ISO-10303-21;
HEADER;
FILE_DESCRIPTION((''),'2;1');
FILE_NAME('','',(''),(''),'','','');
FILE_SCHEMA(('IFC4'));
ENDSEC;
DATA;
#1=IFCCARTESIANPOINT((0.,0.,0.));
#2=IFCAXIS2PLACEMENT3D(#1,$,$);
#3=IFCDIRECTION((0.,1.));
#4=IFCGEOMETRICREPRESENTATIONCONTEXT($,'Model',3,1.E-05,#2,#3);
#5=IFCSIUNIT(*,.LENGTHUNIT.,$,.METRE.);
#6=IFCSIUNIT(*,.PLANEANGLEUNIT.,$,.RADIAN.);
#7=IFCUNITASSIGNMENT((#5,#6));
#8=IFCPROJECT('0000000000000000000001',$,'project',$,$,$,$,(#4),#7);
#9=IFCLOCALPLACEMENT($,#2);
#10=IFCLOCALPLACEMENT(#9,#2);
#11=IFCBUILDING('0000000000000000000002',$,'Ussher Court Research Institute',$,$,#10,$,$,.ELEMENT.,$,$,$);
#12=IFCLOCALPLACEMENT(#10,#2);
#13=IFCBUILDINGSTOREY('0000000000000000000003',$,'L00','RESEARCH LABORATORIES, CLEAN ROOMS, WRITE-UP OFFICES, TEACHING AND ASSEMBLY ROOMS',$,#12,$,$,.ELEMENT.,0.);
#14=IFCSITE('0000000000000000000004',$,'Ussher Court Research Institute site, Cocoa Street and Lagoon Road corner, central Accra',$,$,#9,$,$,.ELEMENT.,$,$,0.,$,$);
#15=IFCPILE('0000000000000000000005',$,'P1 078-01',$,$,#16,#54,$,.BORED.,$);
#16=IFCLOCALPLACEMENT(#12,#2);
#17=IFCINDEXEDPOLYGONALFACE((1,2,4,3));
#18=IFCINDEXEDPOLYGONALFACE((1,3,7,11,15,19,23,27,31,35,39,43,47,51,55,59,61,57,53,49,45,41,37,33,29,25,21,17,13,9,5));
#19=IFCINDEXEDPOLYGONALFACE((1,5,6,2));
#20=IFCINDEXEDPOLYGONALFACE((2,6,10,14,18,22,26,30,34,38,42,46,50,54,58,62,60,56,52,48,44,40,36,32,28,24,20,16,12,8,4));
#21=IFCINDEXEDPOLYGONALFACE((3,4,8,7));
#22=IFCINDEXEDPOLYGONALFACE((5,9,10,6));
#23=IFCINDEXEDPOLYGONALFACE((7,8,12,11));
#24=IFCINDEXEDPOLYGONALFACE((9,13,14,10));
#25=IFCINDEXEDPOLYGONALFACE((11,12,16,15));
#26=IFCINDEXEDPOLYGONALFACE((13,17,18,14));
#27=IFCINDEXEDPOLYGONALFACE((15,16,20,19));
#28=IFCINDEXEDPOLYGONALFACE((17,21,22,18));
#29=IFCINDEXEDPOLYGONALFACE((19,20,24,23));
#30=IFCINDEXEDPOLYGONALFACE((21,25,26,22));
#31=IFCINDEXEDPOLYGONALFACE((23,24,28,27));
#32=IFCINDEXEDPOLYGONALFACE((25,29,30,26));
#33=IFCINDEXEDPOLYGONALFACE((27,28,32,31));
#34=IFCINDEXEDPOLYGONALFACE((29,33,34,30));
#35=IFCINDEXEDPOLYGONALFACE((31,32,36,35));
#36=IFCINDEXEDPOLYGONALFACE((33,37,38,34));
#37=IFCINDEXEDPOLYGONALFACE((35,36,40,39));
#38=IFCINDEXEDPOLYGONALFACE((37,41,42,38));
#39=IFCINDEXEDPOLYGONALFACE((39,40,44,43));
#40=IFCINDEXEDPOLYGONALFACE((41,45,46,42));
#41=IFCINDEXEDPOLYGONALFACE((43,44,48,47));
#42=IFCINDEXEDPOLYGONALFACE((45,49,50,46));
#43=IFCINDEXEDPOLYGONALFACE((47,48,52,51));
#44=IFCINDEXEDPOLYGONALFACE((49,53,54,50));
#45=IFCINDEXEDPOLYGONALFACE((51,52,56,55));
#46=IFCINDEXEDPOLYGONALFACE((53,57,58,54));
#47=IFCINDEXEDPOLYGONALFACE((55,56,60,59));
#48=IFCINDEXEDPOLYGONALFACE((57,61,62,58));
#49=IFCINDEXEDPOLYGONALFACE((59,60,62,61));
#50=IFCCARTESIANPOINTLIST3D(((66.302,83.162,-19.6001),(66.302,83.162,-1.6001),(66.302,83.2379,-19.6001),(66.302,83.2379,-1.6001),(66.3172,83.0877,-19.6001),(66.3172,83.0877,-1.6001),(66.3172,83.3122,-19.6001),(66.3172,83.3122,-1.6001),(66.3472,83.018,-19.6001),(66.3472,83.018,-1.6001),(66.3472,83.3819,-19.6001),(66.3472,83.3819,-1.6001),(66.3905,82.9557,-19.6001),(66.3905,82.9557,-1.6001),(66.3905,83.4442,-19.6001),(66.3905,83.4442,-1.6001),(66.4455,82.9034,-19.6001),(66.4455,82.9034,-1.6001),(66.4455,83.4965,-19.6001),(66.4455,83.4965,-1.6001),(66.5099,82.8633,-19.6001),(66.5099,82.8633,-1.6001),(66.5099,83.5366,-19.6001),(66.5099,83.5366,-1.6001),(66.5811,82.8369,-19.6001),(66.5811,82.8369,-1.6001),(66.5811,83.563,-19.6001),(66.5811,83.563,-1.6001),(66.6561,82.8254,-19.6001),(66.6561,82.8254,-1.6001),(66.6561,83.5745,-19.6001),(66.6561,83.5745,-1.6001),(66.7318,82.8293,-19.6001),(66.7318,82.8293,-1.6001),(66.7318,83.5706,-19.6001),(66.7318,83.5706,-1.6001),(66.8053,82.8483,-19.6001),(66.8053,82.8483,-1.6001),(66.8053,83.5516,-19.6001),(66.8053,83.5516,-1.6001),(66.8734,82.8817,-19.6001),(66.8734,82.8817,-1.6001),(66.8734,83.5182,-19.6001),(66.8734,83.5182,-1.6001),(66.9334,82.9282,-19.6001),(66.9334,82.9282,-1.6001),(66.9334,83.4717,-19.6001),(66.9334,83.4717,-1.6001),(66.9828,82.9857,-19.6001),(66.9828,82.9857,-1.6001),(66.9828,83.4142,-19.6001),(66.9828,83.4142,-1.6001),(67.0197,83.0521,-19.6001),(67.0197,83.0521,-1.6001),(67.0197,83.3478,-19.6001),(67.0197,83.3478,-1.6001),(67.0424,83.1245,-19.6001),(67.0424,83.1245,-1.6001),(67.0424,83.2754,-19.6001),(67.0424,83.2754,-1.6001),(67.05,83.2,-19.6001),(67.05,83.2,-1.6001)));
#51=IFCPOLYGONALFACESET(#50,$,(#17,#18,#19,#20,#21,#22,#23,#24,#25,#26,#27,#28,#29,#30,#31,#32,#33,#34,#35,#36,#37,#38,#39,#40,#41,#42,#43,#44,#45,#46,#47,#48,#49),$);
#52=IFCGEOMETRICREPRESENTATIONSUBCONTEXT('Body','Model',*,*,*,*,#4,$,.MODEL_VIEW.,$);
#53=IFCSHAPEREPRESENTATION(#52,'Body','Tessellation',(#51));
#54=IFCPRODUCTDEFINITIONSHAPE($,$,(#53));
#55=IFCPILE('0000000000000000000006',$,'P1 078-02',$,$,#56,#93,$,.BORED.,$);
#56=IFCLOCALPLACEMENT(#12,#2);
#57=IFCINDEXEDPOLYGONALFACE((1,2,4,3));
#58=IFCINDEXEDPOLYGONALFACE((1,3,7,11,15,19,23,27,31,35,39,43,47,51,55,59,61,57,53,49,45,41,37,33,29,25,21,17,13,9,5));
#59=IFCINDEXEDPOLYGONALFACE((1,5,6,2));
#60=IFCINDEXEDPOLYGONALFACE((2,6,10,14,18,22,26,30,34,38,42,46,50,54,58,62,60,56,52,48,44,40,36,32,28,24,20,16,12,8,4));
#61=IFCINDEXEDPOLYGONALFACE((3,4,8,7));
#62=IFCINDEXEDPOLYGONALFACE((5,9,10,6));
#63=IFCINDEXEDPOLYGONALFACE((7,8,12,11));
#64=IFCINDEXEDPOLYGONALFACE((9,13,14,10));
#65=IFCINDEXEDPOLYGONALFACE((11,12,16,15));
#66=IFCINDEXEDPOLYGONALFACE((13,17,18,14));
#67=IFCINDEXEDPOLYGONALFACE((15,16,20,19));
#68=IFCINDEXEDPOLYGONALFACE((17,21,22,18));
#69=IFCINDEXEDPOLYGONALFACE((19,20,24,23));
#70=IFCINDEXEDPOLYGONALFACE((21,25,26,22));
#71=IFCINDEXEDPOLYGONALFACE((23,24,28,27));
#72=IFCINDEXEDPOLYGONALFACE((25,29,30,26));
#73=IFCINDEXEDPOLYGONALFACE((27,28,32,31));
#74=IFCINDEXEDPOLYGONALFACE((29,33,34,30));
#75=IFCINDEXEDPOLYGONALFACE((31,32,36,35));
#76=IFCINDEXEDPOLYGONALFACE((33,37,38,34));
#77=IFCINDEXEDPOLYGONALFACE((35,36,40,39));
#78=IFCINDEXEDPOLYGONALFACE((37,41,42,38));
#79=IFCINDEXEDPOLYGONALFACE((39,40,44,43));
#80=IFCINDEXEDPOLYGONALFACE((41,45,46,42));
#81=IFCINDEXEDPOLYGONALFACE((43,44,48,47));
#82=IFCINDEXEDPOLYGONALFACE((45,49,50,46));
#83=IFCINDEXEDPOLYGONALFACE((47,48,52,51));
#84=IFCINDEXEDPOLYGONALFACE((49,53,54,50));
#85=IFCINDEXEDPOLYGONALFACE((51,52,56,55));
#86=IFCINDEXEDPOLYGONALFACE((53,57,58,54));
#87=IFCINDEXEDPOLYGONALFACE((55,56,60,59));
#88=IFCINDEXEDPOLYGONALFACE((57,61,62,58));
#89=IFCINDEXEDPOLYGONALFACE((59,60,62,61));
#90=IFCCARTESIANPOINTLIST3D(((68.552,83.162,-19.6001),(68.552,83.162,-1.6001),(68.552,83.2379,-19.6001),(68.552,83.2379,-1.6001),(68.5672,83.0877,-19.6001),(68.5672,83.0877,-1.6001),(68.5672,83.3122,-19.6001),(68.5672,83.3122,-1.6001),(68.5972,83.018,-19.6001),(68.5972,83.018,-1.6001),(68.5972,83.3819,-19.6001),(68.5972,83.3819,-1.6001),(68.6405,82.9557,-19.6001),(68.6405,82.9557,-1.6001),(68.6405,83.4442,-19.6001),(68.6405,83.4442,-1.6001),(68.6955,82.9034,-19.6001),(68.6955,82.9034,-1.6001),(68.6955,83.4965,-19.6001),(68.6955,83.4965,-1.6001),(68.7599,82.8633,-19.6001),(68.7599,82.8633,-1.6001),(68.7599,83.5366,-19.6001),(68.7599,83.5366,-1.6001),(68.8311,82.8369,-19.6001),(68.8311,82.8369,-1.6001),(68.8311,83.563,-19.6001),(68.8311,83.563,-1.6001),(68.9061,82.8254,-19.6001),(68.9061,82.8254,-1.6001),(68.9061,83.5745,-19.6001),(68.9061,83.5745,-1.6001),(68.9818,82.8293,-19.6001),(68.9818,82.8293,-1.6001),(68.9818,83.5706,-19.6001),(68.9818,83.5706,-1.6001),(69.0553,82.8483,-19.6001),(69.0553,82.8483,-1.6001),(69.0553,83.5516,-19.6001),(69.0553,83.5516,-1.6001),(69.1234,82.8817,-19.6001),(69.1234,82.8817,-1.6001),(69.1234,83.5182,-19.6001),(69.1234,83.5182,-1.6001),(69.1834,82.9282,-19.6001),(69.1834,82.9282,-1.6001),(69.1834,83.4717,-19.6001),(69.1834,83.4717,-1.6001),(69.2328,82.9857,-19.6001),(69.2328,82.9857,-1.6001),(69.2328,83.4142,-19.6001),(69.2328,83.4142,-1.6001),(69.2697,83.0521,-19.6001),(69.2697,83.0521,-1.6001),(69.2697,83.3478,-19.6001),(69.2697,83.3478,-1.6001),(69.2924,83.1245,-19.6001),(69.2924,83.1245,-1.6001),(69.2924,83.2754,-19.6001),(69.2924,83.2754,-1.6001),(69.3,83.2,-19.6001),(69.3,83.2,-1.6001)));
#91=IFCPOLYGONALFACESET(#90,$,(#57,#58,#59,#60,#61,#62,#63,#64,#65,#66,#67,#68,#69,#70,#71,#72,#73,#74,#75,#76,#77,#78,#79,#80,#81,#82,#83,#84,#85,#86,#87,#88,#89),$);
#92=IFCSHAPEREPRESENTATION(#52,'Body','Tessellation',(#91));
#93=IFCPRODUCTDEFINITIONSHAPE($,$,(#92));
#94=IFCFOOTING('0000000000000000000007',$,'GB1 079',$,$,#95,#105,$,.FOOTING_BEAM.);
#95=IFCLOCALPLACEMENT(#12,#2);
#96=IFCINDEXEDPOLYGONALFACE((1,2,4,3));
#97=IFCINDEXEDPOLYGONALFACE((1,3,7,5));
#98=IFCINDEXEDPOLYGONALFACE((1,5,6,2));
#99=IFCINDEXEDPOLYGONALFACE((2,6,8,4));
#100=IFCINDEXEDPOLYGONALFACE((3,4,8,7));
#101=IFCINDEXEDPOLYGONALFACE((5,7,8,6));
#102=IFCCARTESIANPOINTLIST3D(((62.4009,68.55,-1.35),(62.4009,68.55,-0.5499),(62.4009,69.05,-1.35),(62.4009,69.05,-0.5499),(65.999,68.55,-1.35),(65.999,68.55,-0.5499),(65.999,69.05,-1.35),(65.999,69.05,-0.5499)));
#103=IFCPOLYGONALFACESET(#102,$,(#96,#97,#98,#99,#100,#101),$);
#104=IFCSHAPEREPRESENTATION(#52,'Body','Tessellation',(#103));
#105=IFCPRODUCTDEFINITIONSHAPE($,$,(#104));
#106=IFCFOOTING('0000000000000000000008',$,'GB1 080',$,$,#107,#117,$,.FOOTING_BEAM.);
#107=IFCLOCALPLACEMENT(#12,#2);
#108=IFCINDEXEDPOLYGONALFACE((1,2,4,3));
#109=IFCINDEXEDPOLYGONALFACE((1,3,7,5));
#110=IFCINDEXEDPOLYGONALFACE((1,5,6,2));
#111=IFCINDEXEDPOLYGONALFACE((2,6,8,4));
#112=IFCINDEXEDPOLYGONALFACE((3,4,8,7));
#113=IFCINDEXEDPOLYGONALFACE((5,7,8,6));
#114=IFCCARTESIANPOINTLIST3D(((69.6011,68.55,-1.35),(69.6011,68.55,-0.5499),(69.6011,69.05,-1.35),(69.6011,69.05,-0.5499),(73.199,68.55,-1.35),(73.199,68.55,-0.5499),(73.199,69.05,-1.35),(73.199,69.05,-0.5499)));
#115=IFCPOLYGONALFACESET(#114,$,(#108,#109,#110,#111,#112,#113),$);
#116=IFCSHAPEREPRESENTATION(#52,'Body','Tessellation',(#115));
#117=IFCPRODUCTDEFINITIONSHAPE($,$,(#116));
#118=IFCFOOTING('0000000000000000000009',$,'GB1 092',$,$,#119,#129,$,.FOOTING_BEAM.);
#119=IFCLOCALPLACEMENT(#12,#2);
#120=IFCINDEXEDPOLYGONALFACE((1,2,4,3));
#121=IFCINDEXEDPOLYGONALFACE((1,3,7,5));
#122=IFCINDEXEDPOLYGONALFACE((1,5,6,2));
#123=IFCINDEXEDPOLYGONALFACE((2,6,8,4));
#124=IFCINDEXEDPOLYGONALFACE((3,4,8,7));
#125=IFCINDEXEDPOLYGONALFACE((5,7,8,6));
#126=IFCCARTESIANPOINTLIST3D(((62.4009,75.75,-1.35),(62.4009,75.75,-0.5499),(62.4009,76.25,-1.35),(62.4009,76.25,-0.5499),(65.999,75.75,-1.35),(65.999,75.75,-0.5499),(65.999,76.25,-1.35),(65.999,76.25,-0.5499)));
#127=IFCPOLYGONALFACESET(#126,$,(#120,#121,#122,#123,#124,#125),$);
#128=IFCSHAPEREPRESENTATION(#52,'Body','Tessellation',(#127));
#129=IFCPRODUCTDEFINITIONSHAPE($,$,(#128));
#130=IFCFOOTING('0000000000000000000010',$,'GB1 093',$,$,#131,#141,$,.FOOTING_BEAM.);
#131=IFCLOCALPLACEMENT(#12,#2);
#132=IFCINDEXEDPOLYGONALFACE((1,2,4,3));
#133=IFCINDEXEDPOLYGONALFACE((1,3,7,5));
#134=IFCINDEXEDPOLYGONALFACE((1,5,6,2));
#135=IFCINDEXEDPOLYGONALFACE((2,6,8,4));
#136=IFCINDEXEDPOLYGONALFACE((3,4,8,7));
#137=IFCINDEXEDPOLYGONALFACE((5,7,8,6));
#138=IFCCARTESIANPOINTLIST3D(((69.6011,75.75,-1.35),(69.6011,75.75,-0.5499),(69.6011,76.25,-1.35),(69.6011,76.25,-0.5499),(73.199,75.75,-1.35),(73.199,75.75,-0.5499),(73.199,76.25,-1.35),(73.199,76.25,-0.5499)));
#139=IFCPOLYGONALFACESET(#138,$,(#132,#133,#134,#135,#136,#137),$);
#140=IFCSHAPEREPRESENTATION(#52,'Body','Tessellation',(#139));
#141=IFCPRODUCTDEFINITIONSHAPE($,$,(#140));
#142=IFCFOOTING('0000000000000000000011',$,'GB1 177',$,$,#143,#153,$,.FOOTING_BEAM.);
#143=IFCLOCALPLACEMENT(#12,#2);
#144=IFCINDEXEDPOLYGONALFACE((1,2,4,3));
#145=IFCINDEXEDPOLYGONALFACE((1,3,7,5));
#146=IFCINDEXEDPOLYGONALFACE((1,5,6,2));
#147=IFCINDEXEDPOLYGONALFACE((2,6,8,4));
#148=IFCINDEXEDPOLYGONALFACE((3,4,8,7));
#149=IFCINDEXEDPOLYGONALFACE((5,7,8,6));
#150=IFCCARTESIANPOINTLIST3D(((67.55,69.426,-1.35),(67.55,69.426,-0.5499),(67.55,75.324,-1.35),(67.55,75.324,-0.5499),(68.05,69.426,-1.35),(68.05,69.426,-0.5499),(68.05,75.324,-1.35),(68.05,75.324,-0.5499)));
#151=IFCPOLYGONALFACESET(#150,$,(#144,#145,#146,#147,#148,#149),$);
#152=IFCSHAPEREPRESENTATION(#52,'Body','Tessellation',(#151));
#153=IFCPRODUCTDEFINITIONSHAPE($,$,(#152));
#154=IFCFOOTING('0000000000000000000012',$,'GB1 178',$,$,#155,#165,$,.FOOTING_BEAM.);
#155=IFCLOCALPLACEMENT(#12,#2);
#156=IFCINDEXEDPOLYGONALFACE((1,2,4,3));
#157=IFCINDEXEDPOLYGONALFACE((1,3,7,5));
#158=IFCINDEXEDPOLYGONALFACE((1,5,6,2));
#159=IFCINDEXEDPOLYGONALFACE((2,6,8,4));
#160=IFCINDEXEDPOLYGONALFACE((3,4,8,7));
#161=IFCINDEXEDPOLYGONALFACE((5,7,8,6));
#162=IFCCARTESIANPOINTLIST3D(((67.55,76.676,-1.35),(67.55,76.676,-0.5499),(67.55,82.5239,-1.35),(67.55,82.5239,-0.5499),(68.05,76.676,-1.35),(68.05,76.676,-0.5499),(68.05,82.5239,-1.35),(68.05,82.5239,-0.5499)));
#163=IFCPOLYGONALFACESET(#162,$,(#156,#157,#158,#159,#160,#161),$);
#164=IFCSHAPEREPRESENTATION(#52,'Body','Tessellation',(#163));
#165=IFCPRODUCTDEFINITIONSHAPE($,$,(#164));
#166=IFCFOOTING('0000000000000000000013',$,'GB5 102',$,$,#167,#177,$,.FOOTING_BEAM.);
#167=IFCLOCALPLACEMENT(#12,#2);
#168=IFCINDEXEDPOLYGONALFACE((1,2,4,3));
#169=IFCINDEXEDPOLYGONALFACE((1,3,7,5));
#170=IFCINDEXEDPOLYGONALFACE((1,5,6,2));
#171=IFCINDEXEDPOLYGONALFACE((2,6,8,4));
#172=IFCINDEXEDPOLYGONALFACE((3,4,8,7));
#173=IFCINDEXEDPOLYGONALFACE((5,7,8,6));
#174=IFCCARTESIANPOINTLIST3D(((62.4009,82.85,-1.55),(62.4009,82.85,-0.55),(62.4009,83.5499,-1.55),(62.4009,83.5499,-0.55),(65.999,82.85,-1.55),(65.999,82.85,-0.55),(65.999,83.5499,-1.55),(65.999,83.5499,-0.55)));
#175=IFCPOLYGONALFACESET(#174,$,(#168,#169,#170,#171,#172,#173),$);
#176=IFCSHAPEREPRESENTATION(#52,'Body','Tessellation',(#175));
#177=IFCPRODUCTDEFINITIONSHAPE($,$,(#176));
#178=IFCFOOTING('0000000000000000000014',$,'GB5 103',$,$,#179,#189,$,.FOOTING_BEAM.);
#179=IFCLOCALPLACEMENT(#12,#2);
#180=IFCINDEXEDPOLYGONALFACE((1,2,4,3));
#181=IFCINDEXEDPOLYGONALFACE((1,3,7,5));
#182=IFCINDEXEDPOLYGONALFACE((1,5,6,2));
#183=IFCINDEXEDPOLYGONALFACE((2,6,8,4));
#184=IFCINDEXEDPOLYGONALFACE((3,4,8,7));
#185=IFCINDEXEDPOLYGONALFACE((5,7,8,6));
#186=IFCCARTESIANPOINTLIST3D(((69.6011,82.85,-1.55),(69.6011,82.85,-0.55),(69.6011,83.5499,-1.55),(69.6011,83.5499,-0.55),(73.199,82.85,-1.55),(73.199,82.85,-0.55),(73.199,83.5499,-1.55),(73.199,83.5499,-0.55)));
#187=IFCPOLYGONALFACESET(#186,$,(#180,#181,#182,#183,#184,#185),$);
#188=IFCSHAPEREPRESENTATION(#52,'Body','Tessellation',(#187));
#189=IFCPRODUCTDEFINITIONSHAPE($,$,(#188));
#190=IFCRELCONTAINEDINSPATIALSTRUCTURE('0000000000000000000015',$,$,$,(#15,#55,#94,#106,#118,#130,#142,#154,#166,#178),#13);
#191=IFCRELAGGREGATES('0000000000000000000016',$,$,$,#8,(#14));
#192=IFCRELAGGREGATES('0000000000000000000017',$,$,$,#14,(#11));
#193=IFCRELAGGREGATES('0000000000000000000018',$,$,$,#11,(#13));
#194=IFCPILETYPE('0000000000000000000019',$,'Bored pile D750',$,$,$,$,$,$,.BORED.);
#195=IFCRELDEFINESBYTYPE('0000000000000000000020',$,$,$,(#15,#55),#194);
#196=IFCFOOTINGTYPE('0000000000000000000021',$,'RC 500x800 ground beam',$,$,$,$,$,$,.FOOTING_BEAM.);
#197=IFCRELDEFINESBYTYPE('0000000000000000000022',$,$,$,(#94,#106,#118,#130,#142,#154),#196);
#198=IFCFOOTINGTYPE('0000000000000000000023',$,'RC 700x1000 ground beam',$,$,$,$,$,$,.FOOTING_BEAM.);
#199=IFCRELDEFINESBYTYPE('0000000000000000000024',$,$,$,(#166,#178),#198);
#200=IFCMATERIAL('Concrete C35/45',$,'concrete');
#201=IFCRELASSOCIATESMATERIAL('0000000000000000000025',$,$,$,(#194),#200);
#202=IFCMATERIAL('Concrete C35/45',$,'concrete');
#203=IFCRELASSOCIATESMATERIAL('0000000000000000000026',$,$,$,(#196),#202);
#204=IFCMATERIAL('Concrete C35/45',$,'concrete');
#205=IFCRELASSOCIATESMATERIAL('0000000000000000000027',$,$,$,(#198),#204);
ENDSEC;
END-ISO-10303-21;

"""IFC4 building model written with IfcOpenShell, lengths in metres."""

from ifc_helpers import new_model, si_unit, direction, frame, origin, origin_2d, place, context, subcontext, project, spatial, rectangle, circle, extrude, material, material_profile, profile_set, type_object, element, save


model = new_model("IFC4")

# Units and contexts
model_context = context("Model", 3, precision=1e-05, world=origin(), true_north=direction((0.0, 1.0)))
body_context = subcontext(model_context, "Body", "Model", "MODEL_VIEW")
ifc_project = project(units=[si_unit("LENGTHUNIT", "METRE"), si_unit("PLANEANGLEUNIT", "RADIAN")], contexts=[model_context])

# Site, building, storey
site_placement = place(None, origin())
site = spatial("IfcSite", under=ifc_project, at=site_placement, Name="Ussher Court Research Institute site, Cocoa Street and Lagoon Road corner, central Accra", CompositionType="ELEMENT", RefElevation=0.0)
building_placement = place(site_placement, origin())
building = spatial("IfcBuilding", under=site, at=building_placement, Name="Ussher Court Research Institute", CompositionType="ELEMENT")
storey_placement = place(building_placement, origin())
storey = spatial("IfcBuildingStorey", under=building, at=storey_placement, Name="L00", Description="RESEARCH LABORATORIES, CLEAN ROOMS, WRITE-UP OFFICES, TEACHING AND ASSEMBLY ROOMS", CompositionType="ELEMENT", Elevation=0.0)

# Piles
ifc_material_1 = material(Name="Concrete C35/45", Category="concrete")
ifc_material_profile_1 = material_profile(ifc_material_1, circle(Radius=0.375, at=origin_2d()), Name="RC D750")
ifc_profile_set_1 = profile_set([ifc_material_profile_1], Name="Concrete C35/45")
pile_type = type_object("IfcPileType", Name="Bored pile D750", PredefinedType="BORED", material=ifc_profile_set_1)
for number, where, z_axis, x_axis, name in (
    (1, (66.675, 83.2, -1.6001), (0.0, 0.0, -1.0), (1.0, 0.0, 0.0), "P1 078-01"),
    (2, (68.925, 83.2, -1.6001), (0.0, 0.0, -1.0), (1.0, 0.0, 0.0), "P1 078-02"),
):
    element("IfcPile", number, at=place(storey_placement, frame(where, z_axis=z_axis, x_axis=x_axis)), inside=storey, type_object=pile_type, Name=name, PredefinedType="BORED", context=body_context, shape_type="SweptSolid", body=[
        extrude(circle(Radius=0.375, at=origin_2d()), origin(), (0.0, 0.0, 1.0), 18.0),
    ])

# Footings
ifc_material_2 = material(Name="Concrete C35/45", Category="concrete")
ifc_material_profile_2 = material_profile(ifc_material_2, rectangle(XDim=0.5, YDim=0.8, at=origin_2d()), Name="RC 500x800")
ifc_profile_set_2 = profile_set([ifc_material_profile_2], Name="Concrete C35/45")
footing_type_1 = type_object("IfcFootingType", Name="RC 500x800 ground beam", PredefinedType="FOOTING_BEAM", material=ifc_profile_set_2)
footing_1_placement = place(storey_placement, frame((62.4009, 68.8, -0.95), z_axis=(1.0, 0.0, 0.0), x_axis=(0.0, 1.0, 0.0)))
element("IfcFooting", 3, at=footing_1_placement, inside=storey, type_object=footing_type_1, Name="GB1 079", PredefinedType="FOOTING_BEAM", context=body_context, shape_type="SweptSolid", body=[
    extrude(rectangle(XDim=0.5, YDim=0.8, at=origin_2d()), origin(), (0.0, 0.0, 1.0), 3.5981),
])
footing_2_placement = place(storey_placement, frame((69.6011, 68.8, -0.95), z_axis=(1.0, 0.0, 0.0), x_axis=(0.0, 1.0, 0.0)))
element("IfcFooting", 4, at=footing_2_placement, inside=storey, type_object=footing_type_1, Name="GB1 080", PredefinedType="FOOTING_BEAM", context=body_context, shape_type="SweptSolid", body=[
    extrude(rectangle(XDim=0.5, YDim=0.8, at=origin_2d()), origin(), (0.0, 0.0, 1.0), 3.5979),
])
footing_3_placement = place(storey_placement, frame((62.4009, 76.0, -0.95), z_axis=(1.0, 0.0, 0.0), x_axis=(0.0, 1.0, 0.0)))
element("IfcFooting", 5, at=footing_3_placement, inside=storey, type_object=footing_type_1, Name="GB1 092", PredefinedType="FOOTING_BEAM", context=body_context, shape_type="SweptSolid", body=[
    extrude(rectangle(XDim=0.5, YDim=0.8, at=origin_2d()), origin(), (0.0, 0.0, 1.0), 3.5981),
])
footing_4_placement = place(storey_placement, frame((69.6011, 76.0, -0.95), z_axis=(1.0, 0.0, 0.0), x_axis=(0.0, 1.0, 0.0)))
element("IfcFooting", 6, at=footing_4_placement, inside=storey, type_object=footing_type_1, Name="GB1 093", PredefinedType="FOOTING_BEAM", context=body_context, shape_type="SweptSolid", body=[
    extrude(rectangle(XDim=0.5, YDim=0.8, at=origin_2d()), origin(), (0.0, 0.0, 1.0), 3.5979),
])
footing_5_placement = place(storey_placement, frame((67.8, 69.426, -0.95), z_axis=(0.0, 1.0, 0.0), x_axis=(-1.0, 0.0, 0.0)))
element("IfcFooting", 7, at=footing_5_placement, inside=storey, type_object=footing_type_1, Name="GB1 177", PredefinedType="FOOTING_BEAM", context=body_context, shape_type="SweptSolid", body=[
    extrude(rectangle(XDim=0.5, YDim=0.8, at=origin_2d()), origin(), (0.0, 0.0, 1.0), 5.8979),
])
footing_6_placement = place(storey_placement, frame((67.8, 76.676, -0.95), z_axis=(0.0, 1.0, 0.0), x_axis=(-1.0, 0.0, 0.0)))
element("IfcFooting", 8, at=footing_6_placement, inside=storey, type_object=footing_type_1, Name="GB1 178", PredefinedType="FOOTING_BEAM", context=body_context, shape_type="SweptSolid", body=[
    extrude(rectangle(XDim=0.5, YDim=0.8, at=origin_2d()), origin(), (0.0, 0.0, 1.0), 5.8479),
])
ifc_material_3 = material(Name="Concrete C35/45", Category="concrete")
ifc_material_profile_3 = material_profile(ifc_material_3, rectangle(XDim=0.7, YDim=1.0, at=origin_2d()), Name="RC 700x1000")
ifc_profile_set_3 = profile_set([ifc_material_profile_3], Name="Concrete C35/45")
footing_type_2 = type_object("IfcFootingType", Name="RC 700x1000 ground beam", PredefinedType="FOOTING_BEAM", material=ifc_profile_set_3)
footing_7_placement = place(storey_placement, frame((62.4009, 83.2, -1.05), z_axis=(1.0, 0.0, 0.0), x_axis=(0.0, 1.0, 0.0)))
element("IfcFooting", 9, at=footing_7_placement, inside=storey, type_object=footing_type_2, Name="GB5 102", PredefinedType="FOOTING_BEAM", context=body_context, shape_type="SweptSolid", body=[
    extrude(rectangle(XDim=0.7, YDim=1.0, at=origin_2d()), origin(), (0.0, 0.0, 1.0), 3.5981),
])
footing_8_placement = place(storey_placement, frame((69.6011, 83.2, -1.05), z_axis=(1.0, 0.0, 0.0), x_axis=(0.0, 1.0, 0.0)))
element("IfcFooting", 10, at=footing_8_placement, inside=storey, type_object=footing_type_2, Name="GB5 103", PredefinedType="FOOTING_BEAM", context=body_context, shape_type="SweptSolid", body=[
    extrude(rectangle(XDim=0.7, YDim=1.0, at=origin_2d()), origin(), (0.0, 0.0, 1.0), 3.5979),
])

save(model, "model.ifc")
